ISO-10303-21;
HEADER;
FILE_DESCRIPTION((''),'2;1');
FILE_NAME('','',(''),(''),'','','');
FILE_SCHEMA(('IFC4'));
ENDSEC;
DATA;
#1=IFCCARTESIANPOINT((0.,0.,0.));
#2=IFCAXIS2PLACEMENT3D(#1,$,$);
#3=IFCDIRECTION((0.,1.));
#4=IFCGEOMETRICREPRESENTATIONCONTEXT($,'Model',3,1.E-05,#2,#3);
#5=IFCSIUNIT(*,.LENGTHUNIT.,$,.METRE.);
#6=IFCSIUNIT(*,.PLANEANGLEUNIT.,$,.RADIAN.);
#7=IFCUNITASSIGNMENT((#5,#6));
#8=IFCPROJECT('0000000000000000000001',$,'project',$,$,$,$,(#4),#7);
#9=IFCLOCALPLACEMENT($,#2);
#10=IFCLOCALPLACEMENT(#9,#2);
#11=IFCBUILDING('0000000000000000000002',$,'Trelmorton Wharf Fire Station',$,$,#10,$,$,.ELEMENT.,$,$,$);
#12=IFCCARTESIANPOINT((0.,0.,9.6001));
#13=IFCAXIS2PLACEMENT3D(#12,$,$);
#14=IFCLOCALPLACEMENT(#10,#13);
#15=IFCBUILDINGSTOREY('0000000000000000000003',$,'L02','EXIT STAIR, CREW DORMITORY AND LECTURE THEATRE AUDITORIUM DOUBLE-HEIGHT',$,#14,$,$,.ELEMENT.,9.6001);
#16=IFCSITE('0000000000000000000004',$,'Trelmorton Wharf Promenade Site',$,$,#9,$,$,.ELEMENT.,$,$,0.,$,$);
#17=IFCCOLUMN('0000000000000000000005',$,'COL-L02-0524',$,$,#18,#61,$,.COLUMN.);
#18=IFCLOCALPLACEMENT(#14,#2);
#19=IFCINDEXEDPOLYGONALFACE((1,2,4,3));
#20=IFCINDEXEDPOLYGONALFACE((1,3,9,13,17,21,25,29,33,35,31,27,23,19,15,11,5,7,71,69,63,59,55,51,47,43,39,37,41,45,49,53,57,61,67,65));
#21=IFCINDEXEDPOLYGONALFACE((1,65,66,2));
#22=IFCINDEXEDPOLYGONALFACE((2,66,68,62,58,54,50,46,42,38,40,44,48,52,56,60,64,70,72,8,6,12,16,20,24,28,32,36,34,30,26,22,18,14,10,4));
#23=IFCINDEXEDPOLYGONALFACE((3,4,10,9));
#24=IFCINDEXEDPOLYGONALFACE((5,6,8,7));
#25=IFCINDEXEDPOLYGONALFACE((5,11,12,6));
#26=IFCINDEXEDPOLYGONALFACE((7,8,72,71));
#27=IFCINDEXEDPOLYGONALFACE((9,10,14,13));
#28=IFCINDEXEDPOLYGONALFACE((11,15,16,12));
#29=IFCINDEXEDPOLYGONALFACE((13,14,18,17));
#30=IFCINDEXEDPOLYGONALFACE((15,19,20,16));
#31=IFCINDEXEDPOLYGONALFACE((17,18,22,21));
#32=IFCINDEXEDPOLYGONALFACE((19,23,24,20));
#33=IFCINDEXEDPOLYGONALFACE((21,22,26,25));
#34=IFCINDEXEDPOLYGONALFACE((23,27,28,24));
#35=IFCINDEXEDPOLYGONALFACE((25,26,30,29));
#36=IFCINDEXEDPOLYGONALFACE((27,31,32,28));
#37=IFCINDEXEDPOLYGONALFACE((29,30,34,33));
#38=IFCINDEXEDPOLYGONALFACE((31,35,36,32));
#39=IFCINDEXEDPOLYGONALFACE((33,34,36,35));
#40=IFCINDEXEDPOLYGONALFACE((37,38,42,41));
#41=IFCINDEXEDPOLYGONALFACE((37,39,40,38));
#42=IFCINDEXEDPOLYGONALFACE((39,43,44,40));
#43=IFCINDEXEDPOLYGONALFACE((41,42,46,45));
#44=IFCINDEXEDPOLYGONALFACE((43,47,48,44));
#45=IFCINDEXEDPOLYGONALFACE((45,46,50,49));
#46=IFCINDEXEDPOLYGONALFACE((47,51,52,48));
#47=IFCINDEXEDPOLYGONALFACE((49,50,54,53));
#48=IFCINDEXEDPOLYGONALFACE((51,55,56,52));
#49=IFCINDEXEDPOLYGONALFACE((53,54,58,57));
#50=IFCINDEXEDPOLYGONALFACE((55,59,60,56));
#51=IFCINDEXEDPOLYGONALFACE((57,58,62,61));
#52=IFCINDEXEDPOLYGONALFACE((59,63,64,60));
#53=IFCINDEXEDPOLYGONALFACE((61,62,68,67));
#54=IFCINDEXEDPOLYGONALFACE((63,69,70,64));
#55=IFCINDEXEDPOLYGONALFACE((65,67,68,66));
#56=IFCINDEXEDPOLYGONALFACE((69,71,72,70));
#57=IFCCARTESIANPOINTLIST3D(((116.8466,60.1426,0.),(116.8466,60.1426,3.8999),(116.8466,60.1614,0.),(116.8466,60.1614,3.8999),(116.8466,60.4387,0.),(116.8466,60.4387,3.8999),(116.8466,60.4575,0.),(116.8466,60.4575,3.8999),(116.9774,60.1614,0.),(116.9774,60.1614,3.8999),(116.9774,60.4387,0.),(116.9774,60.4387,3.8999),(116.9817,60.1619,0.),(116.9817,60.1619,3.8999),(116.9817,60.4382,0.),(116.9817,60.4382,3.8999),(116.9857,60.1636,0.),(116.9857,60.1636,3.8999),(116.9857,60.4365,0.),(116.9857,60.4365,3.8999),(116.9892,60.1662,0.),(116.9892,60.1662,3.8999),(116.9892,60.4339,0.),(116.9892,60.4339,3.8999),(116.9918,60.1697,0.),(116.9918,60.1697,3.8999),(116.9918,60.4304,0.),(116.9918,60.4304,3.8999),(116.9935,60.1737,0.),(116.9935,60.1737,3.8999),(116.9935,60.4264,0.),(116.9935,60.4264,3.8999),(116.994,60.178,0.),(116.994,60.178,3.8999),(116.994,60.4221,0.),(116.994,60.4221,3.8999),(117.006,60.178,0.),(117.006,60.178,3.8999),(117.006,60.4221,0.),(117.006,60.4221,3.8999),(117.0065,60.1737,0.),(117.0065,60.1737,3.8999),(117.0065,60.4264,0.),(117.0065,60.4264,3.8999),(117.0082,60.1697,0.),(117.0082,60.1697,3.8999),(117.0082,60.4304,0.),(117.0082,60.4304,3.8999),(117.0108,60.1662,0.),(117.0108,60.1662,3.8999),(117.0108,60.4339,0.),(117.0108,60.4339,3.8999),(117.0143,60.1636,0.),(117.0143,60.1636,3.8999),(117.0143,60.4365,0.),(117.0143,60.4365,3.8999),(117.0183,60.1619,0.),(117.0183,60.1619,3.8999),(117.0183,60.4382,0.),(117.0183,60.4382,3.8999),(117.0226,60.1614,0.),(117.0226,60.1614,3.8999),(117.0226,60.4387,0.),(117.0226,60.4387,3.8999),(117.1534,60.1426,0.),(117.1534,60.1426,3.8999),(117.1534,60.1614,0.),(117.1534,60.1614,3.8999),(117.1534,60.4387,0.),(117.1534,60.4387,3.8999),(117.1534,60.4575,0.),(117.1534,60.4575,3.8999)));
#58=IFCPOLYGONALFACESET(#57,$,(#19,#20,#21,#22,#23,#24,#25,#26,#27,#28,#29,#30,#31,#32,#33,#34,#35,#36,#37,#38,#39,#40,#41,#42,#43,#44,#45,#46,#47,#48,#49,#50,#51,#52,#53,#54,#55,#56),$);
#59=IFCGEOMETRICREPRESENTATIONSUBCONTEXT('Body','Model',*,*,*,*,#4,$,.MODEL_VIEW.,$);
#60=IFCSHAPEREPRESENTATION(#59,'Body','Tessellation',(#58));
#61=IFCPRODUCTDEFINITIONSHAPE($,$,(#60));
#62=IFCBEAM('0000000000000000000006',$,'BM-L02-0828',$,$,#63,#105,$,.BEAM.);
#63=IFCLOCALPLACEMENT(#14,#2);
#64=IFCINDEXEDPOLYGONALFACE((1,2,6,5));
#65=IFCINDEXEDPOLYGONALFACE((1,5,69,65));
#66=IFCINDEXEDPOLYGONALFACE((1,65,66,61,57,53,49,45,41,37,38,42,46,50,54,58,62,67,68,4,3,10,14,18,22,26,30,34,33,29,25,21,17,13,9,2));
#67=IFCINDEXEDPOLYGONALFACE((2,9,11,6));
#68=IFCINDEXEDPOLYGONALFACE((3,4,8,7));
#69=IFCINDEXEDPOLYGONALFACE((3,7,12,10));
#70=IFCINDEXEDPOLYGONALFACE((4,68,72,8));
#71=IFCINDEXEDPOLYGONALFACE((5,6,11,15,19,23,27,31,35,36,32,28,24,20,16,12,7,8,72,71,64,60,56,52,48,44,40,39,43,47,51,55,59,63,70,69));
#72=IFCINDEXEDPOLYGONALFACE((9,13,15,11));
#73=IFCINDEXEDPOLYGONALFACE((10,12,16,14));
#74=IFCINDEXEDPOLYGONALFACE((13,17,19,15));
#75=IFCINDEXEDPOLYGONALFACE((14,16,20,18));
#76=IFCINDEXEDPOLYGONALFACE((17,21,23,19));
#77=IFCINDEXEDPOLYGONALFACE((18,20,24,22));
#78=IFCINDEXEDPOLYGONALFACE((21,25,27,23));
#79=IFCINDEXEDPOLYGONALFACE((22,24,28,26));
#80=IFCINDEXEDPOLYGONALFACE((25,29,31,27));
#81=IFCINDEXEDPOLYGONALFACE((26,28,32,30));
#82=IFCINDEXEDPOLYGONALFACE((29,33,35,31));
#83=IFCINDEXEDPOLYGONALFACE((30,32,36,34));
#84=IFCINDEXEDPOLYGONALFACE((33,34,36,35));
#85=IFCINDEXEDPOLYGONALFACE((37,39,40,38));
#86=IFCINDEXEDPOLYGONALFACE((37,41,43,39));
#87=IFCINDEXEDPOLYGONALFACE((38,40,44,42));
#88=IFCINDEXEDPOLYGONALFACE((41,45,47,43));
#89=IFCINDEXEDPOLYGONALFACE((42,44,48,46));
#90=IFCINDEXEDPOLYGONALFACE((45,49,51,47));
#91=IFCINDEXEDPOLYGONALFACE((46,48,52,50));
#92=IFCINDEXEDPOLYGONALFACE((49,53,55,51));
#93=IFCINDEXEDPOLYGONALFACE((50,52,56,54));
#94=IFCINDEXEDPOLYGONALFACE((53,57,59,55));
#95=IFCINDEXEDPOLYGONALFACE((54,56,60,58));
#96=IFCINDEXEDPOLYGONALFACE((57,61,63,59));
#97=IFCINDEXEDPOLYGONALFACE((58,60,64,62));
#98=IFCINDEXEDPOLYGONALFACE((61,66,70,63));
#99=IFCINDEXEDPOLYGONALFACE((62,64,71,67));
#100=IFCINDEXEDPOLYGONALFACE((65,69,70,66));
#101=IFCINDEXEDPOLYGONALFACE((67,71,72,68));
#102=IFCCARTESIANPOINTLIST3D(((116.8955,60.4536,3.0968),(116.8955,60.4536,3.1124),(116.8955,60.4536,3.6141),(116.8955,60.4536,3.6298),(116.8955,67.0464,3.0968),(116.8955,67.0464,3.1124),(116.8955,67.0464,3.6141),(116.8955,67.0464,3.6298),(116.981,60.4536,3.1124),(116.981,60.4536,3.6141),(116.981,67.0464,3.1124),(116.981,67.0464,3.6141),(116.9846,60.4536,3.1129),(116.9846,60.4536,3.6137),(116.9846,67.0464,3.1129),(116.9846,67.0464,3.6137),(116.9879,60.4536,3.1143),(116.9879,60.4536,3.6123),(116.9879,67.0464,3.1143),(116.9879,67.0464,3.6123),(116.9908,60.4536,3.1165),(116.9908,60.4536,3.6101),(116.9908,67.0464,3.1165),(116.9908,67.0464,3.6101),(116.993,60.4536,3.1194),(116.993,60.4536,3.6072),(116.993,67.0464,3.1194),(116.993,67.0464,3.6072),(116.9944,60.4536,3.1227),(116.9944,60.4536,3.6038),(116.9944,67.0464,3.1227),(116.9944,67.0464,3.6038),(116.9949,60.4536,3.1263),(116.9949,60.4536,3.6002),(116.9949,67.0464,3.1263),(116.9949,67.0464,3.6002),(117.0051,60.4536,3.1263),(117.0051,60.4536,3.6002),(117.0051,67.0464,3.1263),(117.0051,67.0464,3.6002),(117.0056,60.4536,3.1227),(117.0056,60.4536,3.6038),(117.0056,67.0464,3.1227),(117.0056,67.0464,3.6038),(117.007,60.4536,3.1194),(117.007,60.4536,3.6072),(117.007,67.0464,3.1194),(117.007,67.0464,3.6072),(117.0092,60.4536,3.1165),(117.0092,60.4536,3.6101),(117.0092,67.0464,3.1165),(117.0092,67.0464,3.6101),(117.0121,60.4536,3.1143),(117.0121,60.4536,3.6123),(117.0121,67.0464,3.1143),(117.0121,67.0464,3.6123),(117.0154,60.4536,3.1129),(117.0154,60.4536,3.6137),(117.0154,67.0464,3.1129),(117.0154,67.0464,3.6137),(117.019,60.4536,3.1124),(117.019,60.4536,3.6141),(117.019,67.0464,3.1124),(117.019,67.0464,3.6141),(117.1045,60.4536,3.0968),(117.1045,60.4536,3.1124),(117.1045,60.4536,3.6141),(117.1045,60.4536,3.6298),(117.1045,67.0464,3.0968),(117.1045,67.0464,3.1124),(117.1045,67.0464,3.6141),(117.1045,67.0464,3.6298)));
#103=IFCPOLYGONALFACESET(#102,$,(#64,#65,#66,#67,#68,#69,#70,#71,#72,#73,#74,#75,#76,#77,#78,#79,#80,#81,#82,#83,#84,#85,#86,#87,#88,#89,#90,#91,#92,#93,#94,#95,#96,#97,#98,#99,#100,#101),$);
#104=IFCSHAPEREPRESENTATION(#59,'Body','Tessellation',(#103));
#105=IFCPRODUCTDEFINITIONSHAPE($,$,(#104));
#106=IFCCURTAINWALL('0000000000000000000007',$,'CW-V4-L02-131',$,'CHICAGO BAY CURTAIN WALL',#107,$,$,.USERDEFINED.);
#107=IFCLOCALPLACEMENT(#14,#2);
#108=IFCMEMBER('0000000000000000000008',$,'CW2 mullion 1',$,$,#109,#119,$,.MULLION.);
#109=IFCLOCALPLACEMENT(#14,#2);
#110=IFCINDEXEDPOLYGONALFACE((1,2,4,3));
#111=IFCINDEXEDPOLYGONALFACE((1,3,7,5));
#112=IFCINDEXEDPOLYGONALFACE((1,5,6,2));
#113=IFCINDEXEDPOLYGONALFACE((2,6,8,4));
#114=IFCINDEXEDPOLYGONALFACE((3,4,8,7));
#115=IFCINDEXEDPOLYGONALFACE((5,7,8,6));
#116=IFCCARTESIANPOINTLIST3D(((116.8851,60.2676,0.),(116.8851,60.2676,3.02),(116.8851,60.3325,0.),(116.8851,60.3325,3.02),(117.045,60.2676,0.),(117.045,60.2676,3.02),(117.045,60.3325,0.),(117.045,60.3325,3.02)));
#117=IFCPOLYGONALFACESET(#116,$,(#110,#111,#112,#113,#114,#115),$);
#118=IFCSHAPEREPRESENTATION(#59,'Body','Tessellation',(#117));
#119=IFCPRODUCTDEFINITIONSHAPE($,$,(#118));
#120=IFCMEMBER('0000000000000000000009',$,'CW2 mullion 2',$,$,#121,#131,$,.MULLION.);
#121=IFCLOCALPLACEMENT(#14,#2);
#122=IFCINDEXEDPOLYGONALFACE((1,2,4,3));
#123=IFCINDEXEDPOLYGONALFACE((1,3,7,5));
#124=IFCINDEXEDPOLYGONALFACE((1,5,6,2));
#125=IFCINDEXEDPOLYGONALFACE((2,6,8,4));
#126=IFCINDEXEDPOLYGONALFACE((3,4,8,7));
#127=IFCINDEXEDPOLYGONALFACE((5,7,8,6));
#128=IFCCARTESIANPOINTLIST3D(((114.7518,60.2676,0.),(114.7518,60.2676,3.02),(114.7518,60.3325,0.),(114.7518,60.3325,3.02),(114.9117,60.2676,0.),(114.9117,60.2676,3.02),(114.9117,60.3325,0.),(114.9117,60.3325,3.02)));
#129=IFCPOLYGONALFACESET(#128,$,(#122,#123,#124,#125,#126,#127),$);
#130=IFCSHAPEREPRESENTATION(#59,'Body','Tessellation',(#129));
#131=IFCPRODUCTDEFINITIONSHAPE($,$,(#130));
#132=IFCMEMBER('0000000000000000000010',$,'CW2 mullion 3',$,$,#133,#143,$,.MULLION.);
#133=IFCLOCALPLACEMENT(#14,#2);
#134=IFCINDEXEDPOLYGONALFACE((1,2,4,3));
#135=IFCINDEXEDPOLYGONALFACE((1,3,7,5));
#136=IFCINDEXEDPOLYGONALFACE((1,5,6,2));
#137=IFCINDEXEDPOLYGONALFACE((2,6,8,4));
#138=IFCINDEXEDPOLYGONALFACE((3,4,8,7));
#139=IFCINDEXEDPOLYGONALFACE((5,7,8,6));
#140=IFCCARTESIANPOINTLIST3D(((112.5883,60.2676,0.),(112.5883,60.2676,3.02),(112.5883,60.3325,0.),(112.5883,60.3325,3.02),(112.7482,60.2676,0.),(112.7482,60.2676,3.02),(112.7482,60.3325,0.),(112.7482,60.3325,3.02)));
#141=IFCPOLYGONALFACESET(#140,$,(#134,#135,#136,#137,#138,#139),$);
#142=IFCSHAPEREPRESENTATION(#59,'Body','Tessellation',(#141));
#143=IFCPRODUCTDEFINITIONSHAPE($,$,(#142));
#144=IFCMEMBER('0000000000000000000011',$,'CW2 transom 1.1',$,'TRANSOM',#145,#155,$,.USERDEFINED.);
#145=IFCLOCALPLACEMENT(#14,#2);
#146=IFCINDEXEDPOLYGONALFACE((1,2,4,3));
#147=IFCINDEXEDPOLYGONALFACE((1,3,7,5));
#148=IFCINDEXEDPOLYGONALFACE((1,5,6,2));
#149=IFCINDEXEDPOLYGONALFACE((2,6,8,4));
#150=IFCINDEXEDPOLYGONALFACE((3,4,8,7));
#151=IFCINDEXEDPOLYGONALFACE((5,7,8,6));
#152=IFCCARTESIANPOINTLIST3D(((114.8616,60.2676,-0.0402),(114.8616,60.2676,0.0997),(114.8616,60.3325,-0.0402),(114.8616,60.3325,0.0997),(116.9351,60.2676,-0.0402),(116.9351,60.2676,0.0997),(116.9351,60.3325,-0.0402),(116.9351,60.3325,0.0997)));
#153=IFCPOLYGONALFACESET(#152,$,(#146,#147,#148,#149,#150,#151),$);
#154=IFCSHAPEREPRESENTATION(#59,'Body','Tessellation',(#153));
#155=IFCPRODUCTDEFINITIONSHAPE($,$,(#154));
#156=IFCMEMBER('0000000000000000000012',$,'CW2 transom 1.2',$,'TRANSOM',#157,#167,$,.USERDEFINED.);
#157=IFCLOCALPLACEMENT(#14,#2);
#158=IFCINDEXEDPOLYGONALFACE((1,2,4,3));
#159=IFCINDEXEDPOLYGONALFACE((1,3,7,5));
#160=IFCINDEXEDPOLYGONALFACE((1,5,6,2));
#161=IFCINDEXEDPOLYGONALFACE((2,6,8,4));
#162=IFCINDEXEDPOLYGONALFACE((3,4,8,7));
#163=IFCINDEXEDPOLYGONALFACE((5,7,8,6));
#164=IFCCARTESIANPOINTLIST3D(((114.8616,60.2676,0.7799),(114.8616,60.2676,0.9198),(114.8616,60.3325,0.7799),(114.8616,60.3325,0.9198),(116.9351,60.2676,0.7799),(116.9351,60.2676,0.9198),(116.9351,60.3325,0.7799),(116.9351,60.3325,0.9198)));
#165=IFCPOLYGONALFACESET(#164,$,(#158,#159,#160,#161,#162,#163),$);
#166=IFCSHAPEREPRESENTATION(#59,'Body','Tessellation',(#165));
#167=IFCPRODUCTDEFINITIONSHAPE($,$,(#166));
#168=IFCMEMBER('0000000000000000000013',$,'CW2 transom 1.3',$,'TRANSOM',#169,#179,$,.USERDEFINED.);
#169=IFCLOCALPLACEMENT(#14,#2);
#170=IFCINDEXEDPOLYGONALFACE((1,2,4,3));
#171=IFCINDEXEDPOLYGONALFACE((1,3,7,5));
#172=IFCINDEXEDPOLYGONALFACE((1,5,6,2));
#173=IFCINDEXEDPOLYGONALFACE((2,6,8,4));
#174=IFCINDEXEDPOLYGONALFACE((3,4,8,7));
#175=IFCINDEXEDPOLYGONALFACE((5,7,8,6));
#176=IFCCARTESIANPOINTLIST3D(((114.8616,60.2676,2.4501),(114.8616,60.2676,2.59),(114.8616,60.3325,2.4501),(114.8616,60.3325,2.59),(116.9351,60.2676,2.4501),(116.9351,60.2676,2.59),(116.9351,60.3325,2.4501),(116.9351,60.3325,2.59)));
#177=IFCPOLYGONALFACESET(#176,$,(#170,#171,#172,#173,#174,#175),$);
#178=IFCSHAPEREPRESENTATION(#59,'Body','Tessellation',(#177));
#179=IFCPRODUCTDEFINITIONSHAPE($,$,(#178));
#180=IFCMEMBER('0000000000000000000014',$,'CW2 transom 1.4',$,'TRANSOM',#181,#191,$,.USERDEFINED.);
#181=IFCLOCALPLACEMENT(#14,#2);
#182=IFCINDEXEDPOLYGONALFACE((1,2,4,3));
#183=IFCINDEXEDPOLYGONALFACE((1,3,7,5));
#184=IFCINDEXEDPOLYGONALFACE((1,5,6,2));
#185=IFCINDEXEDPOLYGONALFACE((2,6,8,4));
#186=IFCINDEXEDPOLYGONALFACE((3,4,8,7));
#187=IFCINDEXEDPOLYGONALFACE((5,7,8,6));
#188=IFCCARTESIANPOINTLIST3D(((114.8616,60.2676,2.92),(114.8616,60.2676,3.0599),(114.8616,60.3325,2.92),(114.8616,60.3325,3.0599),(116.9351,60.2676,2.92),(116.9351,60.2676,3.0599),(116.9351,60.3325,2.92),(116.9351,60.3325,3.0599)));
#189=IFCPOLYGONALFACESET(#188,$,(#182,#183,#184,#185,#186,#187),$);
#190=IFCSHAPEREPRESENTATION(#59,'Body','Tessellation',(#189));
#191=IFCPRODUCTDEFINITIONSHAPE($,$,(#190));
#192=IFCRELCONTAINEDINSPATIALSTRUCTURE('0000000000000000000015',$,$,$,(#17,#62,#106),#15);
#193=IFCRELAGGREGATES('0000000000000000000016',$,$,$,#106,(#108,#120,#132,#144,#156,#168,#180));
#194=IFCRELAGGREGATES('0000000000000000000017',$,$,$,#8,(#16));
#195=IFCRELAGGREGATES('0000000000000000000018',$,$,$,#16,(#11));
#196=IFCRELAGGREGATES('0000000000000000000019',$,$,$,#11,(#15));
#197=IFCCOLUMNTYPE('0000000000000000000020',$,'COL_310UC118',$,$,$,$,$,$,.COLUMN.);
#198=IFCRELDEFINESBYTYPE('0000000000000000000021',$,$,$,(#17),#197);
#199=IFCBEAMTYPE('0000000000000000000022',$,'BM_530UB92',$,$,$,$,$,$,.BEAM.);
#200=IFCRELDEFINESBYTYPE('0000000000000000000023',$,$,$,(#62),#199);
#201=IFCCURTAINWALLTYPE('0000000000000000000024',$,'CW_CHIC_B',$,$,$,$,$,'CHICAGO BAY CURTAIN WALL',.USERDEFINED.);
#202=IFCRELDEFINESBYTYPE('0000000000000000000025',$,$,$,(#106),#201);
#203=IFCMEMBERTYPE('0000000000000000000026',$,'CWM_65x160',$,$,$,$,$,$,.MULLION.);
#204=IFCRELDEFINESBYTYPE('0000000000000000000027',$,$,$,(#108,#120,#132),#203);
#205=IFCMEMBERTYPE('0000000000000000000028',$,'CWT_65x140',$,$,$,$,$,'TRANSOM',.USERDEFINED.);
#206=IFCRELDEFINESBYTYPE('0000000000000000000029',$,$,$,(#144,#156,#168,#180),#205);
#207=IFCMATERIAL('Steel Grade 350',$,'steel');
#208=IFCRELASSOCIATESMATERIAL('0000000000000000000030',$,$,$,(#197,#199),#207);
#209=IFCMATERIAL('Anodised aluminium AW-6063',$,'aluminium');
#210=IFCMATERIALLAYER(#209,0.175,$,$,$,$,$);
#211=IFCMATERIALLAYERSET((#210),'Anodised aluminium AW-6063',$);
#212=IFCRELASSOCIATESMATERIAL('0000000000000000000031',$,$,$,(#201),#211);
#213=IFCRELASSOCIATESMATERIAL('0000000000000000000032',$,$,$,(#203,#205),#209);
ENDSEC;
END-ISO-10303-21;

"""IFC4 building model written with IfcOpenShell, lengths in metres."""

from ifc_helpers import new_model, si_unit, direction, frame, origin, origin_2d, place, context, subcontext, project, spatial, rectangle, i_section, extrude, material, layer, layer_set, material_profile, profile_set, type_object, element, aggregate, save


model = new_model("IFC4")

# Units and contexts
model_context = context("Model", 3, precision=1e-05, world=origin(), true_north=direction((0.0, 1.0)))
body_context = subcontext(model_context, "Body", "Model", "MODEL_VIEW")
ifc_project = project(units=[si_unit("LENGTHUNIT", "METRE"), si_unit("PLANEANGLEUNIT", "RADIAN")], contexts=[model_context])

# Site, building, storey
site_placement = place(None, origin())
site = spatial("IfcSite", under=ifc_project, at=site_placement, Name="Trelmorton Wharf Promenade Site", CompositionType="ELEMENT", RefElevation=0.0)
building_placement = place(site_placement, origin())
building = spatial("IfcBuilding", under=site, at=building_placement, Name="Trelmorton Wharf Fire Station", CompositionType="ELEMENT")
storey_placement = place(building_placement, frame((0.0, 0.0, 9.6001)))
storey = spatial("IfcBuildingStorey", under=building, at=storey_placement, Name="L02", Description="EXIT STAIR, CREW DORMITORY AND LECTURE THEATRE AUDITORIUM DOUBLE-HEIGHT", CompositionType="ELEMENT", Elevation=9.6001)

# Column
ifc_material_1 = material(Name="Steel Grade 350", Category="steel")
ifc_material_profile_1 = material_profile(ifc_material_1, i_section(OverallWidth=0.3069, OverallDepth=0.3149, WebThickness=0.012, FlangeThickness=0.0188, FilletRadius=0.0166, at=origin_2d()), Name="310UC118")
ifc_profile_set_1 = profile_set([ifc_material_profile_1], Name="Steel Grade 350")
column_type = type_object("IfcColumnType", Name="COL_310UC118", PredefinedType="COLUMN", material=ifc_profile_set_1)
column_placement = place(storey_placement, frame((117.0, 60.3, 0.0), z_axis=(0.0, 0.0, 1.0), x_axis=(1.0, 0.0, 0.0)))
element("IfcColumn", 1, at=column_placement, inside=storey, type_object=column_type, Name="COL-L02-0524", PredefinedType="COLUMN", context=body_context, shape_type="SweptSolid", body=[
    extrude(i_section(OverallWidth=0.3069, OverallDepth=0.3149, WebThickness=0.012, FlangeThickness=0.0188, FilletRadius=0.0166, at=origin_2d()), origin(), (0.0, 0.0, 1.0), 3.8999),
])

# Beam
ifc_material_profile_2 = material_profile(ifc_material_1, i_section(OverallWidth=0.209, OverallDepth=0.533, WebThickness=0.0103, FlangeThickness=0.0156, FilletRadius=0.0139, at=origin_2d()), Name="530UB92.4")
ifc_profile_set_2 = profile_set([ifc_material_profile_2], Name="Steel Grade 350")
beam_type_1 = type_object("IfcBeamType", Name="BM_530UB92", PredefinedType="BEAM", material=ifc_profile_set_2)
beam_placement = place(storey_placement, frame((117.0, 60.4536, 3.3633), z_axis=(0.0, 1.0, 0.0), x_axis=(-1.0, 0.0, 0.0)))
element("IfcBeam", 2, at=beam_placement, inside=storey, type_object=beam_type_1, Name="BM-L02-0828", PredefinedType="BEAM", context=body_context, shape_type="SweptSolid", body=[
    extrude(i_section(OverallWidth=0.209, OverallDepth=0.533, WebThickness=0.0103, FlangeThickness=0.0156, FilletRadius=0.0139, at=origin_2d()), origin(), (0.0, 0.0, 1.0), 6.5928),
])

# Curtain wall, members
ifc_material_2 = material(Name="Anodised aluminium AW-6063", Category="aluminium")
ifc_layer_1 = layer(ifc_material_2, 0.175)
ifc_layer_set_1 = layer_set([ifc_layer_1], Name="Anodised aluminium AW-6063")
curtain_wall_type = type_object("IfcCurtainWallType", Name="CW_CHIC_B", ElementType="CHICAGO BAY CURTAIN WALL", PredefinedType="USERDEFINED", material=ifc_layer_set_1)
curtain_wall_placement = place(storey_placement, origin())
curtain_wall = element("IfcCurtainWall", 3, at=curtain_wall_placement, inside=storey, type_object=curtain_wall_type, Name="CW-V4-L02-131", ObjectType="CHICAGO BAY CURTAIN WALL", PredefinedType="USERDEFINED")
ifc_material_profile_3 = material_profile(ifc_material_2, rectangle(XDim=0.0649, YDim=0.1599, at=origin_2d()), Name="ALU-65x160")
ifc_profile_set_3 = profile_set([ifc_material_profile_3], Name="Anodised aluminium AW-6063")
member_type_1 = type_object("IfcMemberType", Name="CWM_65x160", PredefinedType="MULLION", material=ifc_profile_set_3)
member_1_placement = place(storey_placement, frame((116.9651, 60.3, 0.0), z_axis=(0.0, 0.0, 1.0), x_axis=(0.0, -1.0, 0.0)))
member_1 = element("IfcMember", 4, at=member_1_placement, type_object=member_type_1, Name="CW2 mullion 1", PredefinedType="MULLION", context=body_context, shape_type="SweptSolid", body=[
    extrude(rectangle(XDim=0.0649, YDim=0.1599, at=origin_2d()), origin(), (0.0, 0.0, 1.0), 3.02),
])
member_2_placement = place(storey_placement, frame((114.8318, 60.3, 0.0), z_axis=(0.0, 0.0, 1.0), x_axis=(0.0, -1.0, 0.0)))
member_2 = element("IfcMember", 5, at=member_2_placement, type_object=member_type_1, Name="CW2 mullion 2", PredefinedType="MULLION", context=body_context, shape_type="SweptSolid", body=[
    extrude(rectangle(XDim=0.0649, YDim=0.1599, at=origin_2d()), origin(), (0.0, 0.0, 1.0), 3.02),
])
member_3_placement = place(storey_placement, frame((112.6682, 60.3, 0.0), z_axis=(0.0, 0.0, 1.0), x_axis=(0.0, -1.0, 0.0)))
member_3 = element("IfcMember", 6, at=member_3_placement, type_object=member_type_1, Name="CW2 mullion 3", PredefinedType="MULLION", context=body_context, shape_type="SweptSolid", body=[
    extrude(rectangle(XDim=0.0649, YDim=0.1599, at=origin_2d()), origin(), (0.0, 0.0, 1.0), 3.02),
])
ifc_material_profile_4 = material_profile(ifc_material_2, rectangle(XDim=0.0649, YDim=0.1399, at=origin_2d()), Name="ALU-65x140")
ifc_profile_set_4 = profile_set([ifc_material_profile_4], Name="Anodised aluminium AW-6063")
member_type_2 = type_object("IfcMemberType", Name="CWT_65x140", ElementType="TRANSOM", PredefinedType="USERDEFINED", material=ifc_profile_set_4)
member_4_placement = place(storey_placement, frame((116.9351, 60.3, 0.0298), z_axis=(-1.0, 0.0, 0.0), x_axis=(0.0, -1.0, 0.0)))
member_4 = element("IfcMember", 7, at=member_4_placement, type_object=member_type_2, Name="CW2 transom 1.1", ObjectType="TRANSOM", PredefinedType="USERDEFINED", context=body_context, shape_type="SweptSolid", body=[
    extrude(rectangle(XDim=0.0649, YDim=0.1399, at=origin_2d()), origin(), (0.0, 0.0, 1.0), 2.0735),
])
member_5_placement = place(storey_placement, frame((116.9351, 60.3, 0.8499), z_axis=(-1.0, 0.0, 0.0), x_axis=(0.0, -1.0, 0.0)))
member_5 = element("IfcMember", 8, at=member_5_placement, type_object=member_type_2, Name="CW2 transom 1.2", ObjectType="TRANSOM", PredefinedType="USERDEFINED", context=body_context, shape_type="SweptSolid", body=[
    extrude(rectangle(XDim=0.0649, YDim=0.1399, at=origin_2d()), origin(), (0.0, 0.0, 1.0), 2.0735),
])
member_6_placement = place(storey_placement, frame((116.9351, 60.3, 2.52), z_axis=(-1.0, 0.0, 0.0), x_axis=(0.0, -1.0, 0.0)))
member_6 = element("IfcMember", 9, at=member_6_placement, type_object=member_type_2, Name="CW2 transom 1.3", ObjectType="TRANSOM", PredefinedType="USERDEFINED", context=body_context, shape_type="SweptSolid", body=[
    extrude(rectangle(XDim=0.0649, YDim=0.1399, at=origin_2d()), origin(), (0.0, 0.0, 1.0), 2.0735),
])
member_7_placement = place(storey_placement, frame((116.9351, 60.3, 2.99), z_axis=(-1.0, 0.0, 0.0), x_axis=(0.0, -1.0, 0.0)))
member_7 = element("IfcMember", 10, at=member_7_placement, type_object=member_type_2, Name="CW2 transom 1.4", ObjectType="TRANSOM", PredefinedType="USERDEFINED", context=body_context, shape_type="SweptSolid", body=[
    extrude(rectangle(XDim=0.0649, YDim=0.1399, at=origin_2d()), origin(), (0.0, 0.0, 1.0), 2.0735),
])

aggregate(curtain_wall, [member_1, member_2, member_3, member_4, member_5, member_6, member_7])

save(model, "model.ifc")
